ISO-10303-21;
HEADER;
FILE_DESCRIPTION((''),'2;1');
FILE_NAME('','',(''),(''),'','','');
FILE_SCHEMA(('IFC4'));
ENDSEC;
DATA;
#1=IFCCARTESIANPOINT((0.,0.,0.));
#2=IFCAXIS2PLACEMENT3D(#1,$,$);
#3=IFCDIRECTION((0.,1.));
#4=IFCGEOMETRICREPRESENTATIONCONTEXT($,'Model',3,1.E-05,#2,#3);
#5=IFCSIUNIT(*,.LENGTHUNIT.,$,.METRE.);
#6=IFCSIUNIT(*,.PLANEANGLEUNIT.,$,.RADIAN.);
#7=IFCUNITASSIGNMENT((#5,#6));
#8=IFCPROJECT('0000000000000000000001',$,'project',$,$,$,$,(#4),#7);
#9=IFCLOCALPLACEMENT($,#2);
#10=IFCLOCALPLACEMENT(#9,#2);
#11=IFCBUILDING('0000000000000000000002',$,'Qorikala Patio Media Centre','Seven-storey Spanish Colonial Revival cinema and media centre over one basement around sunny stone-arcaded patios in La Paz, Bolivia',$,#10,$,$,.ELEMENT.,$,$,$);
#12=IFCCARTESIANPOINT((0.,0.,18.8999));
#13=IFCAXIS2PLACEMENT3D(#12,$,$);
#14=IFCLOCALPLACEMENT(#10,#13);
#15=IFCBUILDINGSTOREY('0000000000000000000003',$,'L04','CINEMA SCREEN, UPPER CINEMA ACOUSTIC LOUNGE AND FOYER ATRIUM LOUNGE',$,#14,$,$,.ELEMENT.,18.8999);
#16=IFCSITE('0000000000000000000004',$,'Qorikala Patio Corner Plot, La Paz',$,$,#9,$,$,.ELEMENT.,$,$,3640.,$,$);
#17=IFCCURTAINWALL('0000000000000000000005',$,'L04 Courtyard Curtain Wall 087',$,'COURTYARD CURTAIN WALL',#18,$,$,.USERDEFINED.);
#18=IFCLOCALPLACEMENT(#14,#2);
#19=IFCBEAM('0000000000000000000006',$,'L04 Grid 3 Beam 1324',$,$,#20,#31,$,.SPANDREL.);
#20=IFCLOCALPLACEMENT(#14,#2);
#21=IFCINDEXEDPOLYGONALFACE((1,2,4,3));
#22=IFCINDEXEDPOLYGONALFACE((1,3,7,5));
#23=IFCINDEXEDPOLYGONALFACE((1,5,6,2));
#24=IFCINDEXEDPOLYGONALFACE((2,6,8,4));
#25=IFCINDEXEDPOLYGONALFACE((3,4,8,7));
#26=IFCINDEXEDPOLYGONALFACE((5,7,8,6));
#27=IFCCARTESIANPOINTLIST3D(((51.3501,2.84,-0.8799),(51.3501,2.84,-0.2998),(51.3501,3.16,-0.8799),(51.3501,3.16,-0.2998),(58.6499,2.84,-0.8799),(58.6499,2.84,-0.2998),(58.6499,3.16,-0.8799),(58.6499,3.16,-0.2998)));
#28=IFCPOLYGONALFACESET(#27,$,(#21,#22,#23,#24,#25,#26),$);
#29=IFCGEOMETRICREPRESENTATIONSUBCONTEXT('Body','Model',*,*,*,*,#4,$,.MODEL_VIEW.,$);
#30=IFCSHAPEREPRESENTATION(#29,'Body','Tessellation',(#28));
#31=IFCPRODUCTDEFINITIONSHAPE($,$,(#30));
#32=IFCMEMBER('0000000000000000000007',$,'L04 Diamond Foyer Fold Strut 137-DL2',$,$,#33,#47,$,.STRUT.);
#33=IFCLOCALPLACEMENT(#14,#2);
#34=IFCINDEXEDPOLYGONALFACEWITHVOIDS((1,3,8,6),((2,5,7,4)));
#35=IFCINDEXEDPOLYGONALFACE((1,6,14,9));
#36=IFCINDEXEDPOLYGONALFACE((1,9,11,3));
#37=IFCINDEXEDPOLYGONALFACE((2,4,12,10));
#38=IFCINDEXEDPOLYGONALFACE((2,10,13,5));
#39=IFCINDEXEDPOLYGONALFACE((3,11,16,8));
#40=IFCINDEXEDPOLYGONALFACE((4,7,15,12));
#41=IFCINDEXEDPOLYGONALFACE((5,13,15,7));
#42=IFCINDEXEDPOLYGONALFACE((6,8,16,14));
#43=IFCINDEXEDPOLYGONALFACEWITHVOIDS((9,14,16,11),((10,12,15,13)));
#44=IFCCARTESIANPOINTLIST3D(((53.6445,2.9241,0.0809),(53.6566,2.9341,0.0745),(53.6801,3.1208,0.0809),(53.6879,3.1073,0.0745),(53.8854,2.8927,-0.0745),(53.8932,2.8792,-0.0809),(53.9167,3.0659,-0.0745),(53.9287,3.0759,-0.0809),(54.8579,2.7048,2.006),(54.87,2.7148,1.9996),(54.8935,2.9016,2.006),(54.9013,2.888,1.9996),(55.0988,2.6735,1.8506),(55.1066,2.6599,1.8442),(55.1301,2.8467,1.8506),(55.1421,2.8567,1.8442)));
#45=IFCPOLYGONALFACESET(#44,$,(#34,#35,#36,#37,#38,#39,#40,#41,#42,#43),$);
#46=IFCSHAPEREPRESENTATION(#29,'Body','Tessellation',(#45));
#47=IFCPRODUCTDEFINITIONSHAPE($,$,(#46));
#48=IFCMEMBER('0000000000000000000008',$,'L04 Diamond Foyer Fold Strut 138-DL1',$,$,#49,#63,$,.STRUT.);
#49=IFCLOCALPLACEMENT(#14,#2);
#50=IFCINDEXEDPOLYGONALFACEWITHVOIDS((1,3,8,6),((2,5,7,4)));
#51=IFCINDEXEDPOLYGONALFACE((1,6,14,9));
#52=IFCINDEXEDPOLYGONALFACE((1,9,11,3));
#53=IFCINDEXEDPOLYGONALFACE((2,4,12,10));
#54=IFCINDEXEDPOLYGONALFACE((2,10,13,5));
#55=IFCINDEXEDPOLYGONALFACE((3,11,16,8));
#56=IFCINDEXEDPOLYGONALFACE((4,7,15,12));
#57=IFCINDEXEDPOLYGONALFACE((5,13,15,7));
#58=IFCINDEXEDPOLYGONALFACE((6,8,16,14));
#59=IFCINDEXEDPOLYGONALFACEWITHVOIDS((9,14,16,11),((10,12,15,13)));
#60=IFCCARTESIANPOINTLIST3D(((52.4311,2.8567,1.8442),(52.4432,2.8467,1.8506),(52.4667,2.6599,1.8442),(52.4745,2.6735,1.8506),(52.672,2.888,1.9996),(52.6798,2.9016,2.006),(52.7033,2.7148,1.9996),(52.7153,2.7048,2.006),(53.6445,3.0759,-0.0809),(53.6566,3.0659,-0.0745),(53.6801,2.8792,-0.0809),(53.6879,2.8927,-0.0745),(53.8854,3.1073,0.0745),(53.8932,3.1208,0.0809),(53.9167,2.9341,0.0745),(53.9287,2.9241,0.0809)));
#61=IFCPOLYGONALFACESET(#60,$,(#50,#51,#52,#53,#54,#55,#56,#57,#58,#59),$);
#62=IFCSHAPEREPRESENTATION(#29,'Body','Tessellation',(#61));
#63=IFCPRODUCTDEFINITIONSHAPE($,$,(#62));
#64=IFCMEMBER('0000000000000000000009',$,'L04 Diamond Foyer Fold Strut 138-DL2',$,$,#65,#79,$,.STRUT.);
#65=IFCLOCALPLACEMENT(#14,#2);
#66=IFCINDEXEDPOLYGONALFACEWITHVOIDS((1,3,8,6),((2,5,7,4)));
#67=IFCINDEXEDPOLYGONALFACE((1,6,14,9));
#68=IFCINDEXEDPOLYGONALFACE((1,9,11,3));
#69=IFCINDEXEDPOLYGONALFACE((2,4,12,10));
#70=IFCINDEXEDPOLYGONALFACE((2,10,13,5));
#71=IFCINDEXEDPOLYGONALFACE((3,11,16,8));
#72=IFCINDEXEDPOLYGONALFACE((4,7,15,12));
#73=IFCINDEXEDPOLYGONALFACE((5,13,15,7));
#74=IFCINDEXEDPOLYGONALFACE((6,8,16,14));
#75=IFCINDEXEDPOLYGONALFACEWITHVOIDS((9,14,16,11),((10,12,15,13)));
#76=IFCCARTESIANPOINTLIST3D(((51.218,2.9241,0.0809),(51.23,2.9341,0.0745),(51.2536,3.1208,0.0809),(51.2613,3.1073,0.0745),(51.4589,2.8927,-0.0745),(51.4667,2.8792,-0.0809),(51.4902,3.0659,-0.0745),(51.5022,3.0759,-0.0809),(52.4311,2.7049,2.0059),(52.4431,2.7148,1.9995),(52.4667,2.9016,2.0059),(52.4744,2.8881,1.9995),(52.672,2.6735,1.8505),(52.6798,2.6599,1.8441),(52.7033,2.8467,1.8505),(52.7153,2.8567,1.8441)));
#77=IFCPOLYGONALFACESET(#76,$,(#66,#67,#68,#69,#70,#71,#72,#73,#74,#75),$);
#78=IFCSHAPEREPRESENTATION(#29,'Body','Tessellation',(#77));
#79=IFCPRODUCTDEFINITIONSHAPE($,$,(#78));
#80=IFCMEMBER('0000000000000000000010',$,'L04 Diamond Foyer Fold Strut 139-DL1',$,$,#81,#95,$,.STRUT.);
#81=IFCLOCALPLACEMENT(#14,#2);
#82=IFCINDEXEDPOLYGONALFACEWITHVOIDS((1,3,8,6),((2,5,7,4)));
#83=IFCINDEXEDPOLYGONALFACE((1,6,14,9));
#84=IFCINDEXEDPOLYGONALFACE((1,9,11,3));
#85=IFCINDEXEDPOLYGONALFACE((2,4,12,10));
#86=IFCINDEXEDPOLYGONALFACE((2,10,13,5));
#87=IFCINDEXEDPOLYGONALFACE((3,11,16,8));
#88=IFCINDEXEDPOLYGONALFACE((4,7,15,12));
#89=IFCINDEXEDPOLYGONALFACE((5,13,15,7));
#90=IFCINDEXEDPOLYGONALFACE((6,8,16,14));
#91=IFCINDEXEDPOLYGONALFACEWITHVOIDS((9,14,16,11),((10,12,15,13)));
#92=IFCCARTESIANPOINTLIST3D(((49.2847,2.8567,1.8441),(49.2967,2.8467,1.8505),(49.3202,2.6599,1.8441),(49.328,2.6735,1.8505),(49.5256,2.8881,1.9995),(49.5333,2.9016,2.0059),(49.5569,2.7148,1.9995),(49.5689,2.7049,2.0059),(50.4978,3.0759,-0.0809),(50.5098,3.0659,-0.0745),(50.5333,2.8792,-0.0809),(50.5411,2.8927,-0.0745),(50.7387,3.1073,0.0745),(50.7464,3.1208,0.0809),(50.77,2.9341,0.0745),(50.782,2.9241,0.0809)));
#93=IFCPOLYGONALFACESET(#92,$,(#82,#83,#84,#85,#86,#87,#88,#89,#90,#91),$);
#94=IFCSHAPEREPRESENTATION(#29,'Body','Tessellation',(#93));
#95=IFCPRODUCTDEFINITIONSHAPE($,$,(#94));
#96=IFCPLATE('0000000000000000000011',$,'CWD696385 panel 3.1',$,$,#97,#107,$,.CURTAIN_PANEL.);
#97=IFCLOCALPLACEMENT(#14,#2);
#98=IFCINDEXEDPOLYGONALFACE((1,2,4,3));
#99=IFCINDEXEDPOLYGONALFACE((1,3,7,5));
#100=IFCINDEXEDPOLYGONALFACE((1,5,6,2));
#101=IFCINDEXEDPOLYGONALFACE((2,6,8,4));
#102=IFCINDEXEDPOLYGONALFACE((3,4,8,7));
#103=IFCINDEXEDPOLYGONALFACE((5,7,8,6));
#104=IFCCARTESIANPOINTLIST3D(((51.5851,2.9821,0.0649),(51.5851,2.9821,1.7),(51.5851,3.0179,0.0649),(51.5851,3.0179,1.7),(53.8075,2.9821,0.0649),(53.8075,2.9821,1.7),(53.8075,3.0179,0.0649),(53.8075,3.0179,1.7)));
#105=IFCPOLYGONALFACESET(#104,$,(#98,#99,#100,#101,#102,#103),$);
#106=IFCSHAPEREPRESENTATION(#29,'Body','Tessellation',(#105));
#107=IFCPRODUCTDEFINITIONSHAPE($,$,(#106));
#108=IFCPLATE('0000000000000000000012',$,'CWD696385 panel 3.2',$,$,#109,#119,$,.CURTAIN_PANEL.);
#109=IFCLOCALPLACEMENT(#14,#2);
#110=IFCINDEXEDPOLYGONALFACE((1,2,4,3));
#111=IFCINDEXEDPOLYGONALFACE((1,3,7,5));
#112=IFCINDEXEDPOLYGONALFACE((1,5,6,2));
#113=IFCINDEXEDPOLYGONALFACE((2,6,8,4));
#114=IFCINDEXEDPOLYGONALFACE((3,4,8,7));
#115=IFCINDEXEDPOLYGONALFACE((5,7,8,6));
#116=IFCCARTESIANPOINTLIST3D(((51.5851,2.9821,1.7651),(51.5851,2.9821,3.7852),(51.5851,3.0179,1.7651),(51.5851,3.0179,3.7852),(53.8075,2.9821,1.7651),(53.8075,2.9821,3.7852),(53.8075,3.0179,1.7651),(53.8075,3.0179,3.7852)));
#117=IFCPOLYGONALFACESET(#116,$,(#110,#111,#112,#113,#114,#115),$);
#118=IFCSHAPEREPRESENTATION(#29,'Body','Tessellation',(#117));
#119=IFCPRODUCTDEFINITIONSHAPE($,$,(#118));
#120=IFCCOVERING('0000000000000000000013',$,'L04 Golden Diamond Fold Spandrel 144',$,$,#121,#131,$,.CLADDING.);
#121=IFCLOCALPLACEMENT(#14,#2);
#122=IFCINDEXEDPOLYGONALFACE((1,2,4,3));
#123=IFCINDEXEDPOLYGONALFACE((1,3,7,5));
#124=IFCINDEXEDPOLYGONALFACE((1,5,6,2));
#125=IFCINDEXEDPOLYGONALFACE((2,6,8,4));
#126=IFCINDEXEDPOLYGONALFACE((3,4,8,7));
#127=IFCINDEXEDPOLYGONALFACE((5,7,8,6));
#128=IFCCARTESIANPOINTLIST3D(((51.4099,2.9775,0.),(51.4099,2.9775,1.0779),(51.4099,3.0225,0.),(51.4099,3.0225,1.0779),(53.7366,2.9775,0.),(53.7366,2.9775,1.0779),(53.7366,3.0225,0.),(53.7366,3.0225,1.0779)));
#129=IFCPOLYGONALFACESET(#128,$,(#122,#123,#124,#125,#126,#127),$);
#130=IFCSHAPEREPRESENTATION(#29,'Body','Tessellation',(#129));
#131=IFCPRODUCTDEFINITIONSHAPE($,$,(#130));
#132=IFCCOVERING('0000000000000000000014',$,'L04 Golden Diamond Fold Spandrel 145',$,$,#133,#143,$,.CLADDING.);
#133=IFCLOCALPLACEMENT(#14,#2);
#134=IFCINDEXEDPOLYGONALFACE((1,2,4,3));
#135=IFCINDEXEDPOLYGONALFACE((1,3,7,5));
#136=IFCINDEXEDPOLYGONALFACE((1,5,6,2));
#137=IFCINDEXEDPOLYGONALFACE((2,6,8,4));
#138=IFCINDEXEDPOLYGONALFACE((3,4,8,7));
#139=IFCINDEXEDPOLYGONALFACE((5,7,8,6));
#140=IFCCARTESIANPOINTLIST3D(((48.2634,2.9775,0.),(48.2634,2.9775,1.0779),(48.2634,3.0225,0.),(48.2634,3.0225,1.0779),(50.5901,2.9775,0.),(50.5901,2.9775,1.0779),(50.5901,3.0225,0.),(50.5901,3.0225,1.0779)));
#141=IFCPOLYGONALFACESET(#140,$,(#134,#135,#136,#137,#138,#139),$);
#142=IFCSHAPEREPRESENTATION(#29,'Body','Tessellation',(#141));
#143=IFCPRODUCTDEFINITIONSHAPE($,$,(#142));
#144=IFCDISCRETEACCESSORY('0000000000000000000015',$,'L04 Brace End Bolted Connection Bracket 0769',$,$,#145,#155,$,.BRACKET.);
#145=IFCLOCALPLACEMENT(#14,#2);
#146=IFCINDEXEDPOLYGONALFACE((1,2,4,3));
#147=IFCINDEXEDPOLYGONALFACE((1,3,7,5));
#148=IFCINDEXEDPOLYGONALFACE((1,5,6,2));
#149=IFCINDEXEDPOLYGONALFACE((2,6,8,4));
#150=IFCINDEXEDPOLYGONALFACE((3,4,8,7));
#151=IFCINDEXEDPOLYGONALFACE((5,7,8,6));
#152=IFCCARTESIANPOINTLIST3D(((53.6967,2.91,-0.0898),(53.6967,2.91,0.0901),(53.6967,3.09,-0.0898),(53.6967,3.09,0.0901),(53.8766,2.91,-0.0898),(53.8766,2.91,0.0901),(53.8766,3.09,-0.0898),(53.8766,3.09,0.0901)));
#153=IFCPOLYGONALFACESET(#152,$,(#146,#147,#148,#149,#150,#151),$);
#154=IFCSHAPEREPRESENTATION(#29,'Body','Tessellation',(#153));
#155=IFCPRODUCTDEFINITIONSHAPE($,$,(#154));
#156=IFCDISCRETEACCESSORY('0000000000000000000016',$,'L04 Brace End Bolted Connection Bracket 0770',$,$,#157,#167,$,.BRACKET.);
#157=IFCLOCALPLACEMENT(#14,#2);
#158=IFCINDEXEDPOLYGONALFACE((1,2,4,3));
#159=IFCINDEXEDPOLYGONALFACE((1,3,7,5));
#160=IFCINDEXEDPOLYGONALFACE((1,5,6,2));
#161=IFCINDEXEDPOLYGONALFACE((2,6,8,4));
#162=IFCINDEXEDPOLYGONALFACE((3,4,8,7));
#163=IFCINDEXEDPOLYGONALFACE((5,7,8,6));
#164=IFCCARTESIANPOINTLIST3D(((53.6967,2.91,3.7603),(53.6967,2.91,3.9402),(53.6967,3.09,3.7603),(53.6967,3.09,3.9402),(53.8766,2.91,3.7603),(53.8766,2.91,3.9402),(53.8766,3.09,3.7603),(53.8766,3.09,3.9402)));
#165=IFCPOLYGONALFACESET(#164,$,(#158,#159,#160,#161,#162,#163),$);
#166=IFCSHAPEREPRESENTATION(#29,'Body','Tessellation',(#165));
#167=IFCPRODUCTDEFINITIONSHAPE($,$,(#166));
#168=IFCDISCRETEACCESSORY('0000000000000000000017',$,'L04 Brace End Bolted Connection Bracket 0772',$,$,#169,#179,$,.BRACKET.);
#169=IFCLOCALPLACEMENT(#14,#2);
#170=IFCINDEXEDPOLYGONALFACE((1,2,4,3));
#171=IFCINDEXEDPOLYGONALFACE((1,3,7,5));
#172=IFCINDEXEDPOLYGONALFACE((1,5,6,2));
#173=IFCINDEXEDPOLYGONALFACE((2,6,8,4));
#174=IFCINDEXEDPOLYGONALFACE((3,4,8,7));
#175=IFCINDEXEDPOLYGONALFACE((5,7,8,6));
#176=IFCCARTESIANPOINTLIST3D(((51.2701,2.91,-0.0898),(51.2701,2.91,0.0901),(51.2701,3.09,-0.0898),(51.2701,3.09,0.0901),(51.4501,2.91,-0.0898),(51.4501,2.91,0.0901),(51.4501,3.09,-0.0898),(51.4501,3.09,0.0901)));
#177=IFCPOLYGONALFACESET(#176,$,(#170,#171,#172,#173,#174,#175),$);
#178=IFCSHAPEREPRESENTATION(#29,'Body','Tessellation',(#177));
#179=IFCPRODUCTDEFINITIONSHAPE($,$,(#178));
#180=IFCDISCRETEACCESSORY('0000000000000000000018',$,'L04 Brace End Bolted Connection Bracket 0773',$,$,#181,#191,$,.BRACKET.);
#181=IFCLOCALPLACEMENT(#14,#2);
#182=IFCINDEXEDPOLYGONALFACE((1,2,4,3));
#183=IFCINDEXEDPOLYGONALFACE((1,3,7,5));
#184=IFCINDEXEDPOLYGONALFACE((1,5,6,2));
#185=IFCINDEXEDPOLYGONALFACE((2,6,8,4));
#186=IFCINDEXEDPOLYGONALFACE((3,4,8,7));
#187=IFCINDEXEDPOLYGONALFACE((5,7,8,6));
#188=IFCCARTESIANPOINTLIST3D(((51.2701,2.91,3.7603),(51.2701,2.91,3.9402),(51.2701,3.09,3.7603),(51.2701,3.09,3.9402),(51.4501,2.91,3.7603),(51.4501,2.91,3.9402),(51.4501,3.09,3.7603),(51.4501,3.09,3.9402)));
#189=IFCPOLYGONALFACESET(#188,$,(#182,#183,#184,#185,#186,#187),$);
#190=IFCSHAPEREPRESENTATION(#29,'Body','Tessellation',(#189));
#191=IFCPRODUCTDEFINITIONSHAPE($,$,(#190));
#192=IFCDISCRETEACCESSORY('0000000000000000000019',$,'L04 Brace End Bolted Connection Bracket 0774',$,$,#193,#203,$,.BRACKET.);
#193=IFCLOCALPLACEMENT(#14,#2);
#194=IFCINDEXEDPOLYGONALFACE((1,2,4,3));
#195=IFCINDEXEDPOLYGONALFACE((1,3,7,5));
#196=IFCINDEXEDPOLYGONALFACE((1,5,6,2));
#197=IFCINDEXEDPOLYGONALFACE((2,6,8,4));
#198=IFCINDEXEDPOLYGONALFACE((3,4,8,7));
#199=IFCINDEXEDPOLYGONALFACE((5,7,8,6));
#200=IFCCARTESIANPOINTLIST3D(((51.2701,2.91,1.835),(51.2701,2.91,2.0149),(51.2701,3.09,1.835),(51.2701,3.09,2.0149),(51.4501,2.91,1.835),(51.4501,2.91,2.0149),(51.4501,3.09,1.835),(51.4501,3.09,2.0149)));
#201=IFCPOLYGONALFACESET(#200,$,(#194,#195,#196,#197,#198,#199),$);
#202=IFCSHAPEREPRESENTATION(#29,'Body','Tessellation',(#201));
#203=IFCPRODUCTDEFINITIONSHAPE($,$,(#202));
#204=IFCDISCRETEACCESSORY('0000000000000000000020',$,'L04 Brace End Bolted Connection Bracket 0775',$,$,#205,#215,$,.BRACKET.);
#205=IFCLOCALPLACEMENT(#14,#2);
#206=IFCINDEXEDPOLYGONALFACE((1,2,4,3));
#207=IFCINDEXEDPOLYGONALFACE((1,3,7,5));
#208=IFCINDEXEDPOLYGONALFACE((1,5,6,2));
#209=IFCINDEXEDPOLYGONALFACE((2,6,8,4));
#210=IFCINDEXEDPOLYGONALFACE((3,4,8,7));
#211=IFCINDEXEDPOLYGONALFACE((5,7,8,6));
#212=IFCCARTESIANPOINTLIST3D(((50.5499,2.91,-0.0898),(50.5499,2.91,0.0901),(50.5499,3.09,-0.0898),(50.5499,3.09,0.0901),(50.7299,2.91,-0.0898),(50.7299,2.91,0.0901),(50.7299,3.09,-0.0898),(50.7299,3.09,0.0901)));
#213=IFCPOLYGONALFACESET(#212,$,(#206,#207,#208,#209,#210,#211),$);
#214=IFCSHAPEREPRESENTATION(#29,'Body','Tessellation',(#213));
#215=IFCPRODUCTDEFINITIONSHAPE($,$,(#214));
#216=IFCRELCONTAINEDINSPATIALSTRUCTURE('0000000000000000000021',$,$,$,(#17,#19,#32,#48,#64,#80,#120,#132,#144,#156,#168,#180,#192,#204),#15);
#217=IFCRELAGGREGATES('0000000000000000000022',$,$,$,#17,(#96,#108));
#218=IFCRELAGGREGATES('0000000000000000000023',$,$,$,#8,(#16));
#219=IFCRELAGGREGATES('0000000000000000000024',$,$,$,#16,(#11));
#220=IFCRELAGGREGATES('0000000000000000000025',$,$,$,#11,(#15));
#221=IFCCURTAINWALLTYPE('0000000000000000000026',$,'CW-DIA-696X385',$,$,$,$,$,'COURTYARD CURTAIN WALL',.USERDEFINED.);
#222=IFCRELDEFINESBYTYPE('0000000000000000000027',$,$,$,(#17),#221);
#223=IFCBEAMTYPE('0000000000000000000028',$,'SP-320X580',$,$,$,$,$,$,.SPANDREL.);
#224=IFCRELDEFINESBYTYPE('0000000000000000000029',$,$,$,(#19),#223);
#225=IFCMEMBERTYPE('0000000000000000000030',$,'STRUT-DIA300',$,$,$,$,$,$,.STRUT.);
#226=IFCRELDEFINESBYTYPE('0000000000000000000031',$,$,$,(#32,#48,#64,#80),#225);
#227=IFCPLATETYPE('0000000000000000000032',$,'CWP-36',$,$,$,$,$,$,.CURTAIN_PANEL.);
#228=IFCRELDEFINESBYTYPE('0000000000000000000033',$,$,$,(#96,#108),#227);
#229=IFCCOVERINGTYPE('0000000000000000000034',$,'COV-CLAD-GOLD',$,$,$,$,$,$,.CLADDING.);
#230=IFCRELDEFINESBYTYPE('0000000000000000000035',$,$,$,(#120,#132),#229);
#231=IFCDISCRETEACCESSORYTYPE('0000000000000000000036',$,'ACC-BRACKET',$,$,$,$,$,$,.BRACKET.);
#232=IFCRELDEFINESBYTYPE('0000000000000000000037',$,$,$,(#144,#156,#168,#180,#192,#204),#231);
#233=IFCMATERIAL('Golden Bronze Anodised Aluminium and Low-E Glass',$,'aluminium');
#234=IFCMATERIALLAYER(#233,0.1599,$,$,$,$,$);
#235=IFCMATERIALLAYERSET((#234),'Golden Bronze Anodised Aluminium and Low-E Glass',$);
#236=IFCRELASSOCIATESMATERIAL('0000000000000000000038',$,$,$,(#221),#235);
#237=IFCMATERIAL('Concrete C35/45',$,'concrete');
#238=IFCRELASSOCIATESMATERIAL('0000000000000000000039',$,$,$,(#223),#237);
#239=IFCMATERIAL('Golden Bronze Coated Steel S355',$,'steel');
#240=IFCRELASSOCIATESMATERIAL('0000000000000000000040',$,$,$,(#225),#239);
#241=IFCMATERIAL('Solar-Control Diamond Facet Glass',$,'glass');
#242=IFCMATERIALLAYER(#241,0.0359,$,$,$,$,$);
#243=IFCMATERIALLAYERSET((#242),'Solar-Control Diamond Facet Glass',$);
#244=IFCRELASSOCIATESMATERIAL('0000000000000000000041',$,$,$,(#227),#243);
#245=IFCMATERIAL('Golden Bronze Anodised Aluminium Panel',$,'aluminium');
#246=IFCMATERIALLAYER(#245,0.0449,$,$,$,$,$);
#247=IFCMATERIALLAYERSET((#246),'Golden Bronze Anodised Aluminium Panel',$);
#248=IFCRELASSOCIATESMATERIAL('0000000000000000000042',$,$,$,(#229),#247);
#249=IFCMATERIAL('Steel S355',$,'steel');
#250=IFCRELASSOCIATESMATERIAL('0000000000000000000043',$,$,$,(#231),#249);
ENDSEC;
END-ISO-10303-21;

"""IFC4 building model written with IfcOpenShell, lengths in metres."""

from ifc_helpers import new_model, si_unit, direction, frame, origin, origin_2d, place, context, subcontext, project, spatial, rectangle, hollow_rectangle, extrude, material, layer, layer_set, material_profile, profile_set, type_object, element, aggregate, save


model = new_model("IFC4")

# Units and contexts
model_context = context("Model", 3, precision=1e-05, world=origin(), true_north=direction((0.0, 1.0)))
body_context = subcontext(model_context, "Body", "Model", "MODEL_VIEW")
ifc_project = project(units=[si_unit("LENGTHUNIT", "METRE"), si_unit("PLANEANGLEUNIT", "RADIAN")], contexts=[model_context])

# Site, building, storey
site_placement = place(None, origin())
site = spatial("IfcSite", under=ifc_project, at=site_placement, Name="Qorikala Patio Corner Plot, La Paz", CompositionType="ELEMENT", RefElevation=3640.0)
building_placement = place(site_placement, origin())
building = spatial("IfcBuilding", under=site, at=building_placement, Name="Qorikala Patio Media Centre", Description="Seven-storey Spanish Colonial Revival cinema and media centre over one basement around sunny stone-arcaded patios in La Paz, Bolivia", CompositionType="ELEMENT")
storey_placement = place(building_placement, frame((0.0, 0.0, 18.8999)))
storey = spatial("IfcBuildingStorey", under=building, at=storey_placement, Name="L04", Description="CINEMA SCREEN, UPPER CINEMA ACOUSTIC LOUNGE AND FOYER ATRIUM LOUNGE", CompositionType="ELEMENT", Elevation=18.8999)

# Shared definitions
ifc_material_1 = material(Name="Concrete C35/45", Category="concrete")

# Shared definitions
ifc_material_2 = material(Name="Golden Bronze Coated Steel S355", Category="steel")

# Curtain wall
ifc_material_3 = material(Name="Golden Bronze Anodised Aluminium and Low-E Glass", Category="aluminium")
ifc_layer_1 = layer(ifc_material_3, 0.1599)
ifc_layer_set_1 = layer_set([ifc_layer_1], Name="Golden Bronze Anodised Aluminium and Low-E Glass")
curtain_wall_type = type_object("IfcCurtainWallType", Name="CW-DIA-696X385", ElementType="COURTYARD CURTAIN WALL", PredefinedType="USERDEFINED", material=ifc_layer_set_1)
curtain_wall_1_placement = place(storey_placement, origin())
curtain_wall_1 = element("IfcCurtainWall", 1, at=curtain_wall_1_placement, inside=storey, type_object=curtain_wall_type, Name="L04 Courtyard Curtain Wall 087", ObjectType="COURTYARD CURTAIN WALL", PredefinedType="USERDEFINED")

# Beam
ifc_material_profile_1 = material_profile(ifc_material_1, rectangle(XDim=0.3201, YDim=0.5801, at=origin_2d()), Name="RC 320x580")
ifc_profile_set_1 = profile_set([ifc_material_profile_1], Name="Concrete C35/45")
beam_type_1 = type_object("IfcBeamType", Name="SP-320X580", PredefinedType="SPANDREL", material=ifc_profile_set_1)
beam_1_placement = place(storey_placement, frame((51.3501, 3.0, -0.5898), z_axis=(1.0, 0.0, 0.0), x_axis=(0.0, 1.0, 0.0)))
element("IfcBeam", 2, at=beam_1_placement, inside=storey, type_object=beam_type_1, Name="L04 Grid 3 Beam 1324", PredefinedType="SPANDREL", context=body_context, shape_type="SweptSolid", body=[
    extrude(rectangle(XDim=0.3201, YDim=0.5801, at=origin_2d()), origin(), (0.0, 0.0, 1.0), 7.2998),
])

# Members
ifc_material_profile_2 = material_profile(ifc_material_2, hollow_rectangle(XDim=0.2, YDim=0.3, WallThickness=0.012, at=origin_2d()), Name="HSS300X200X12")
ifc_profile_set_2 = profile_set([ifc_material_profile_2], Name="Golden Bronze Coated Steel S355")
member_type_1 = type_object("IfcMemberType", Name="STRUT-DIA300", PredefinedType="STRUT", material=ifc_profile_set_2)
for number, where, z_axis, x_axis, name in (
    (3, (53.7866, 3.0, 0.0), (0.530768, -0.095901, 0.842074), (0.177805, 0.984066, 0.0), "L04 Diamond Foyer Fold Strut 137-DL2"),
    (4, (53.7866, 3.0, 0.0), (-0.530768, -0.095901, 0.842074), (0.177805, -0.984066, 0.0), "L04 Diamond Foyer Fold Strut 138-DL1"),
):
    element("IfcMember", number, at=place(storey_placement, frame(where, z_axis=z_axis, x_axis=x_axis)), inside=storey, type_object=member_type_1, Name=name, PredefinedType="STRUT", context=body_context, shape_type="SweptSolid", body=[
        extrude(hollow_rectangle(XDim=0.2, YDim=0.3, WallThickness=0.012, at=origin_2d()), origin(), (0.0, 0.0, 1.0), 2.2861),
    ])
for number, where, z_axis, x_axis, name in (
    (5, (51.3601, 3.0, 0.0), (0.530691, -0.095907, 0.842121), (0.17784, 0.984059, 0.0), "L04 Diamond Foyer Fold Strut 138-DL2"),
    (6, (50.6399, 3.0, 0.0), (-0.530691, -0.095907, 0.842121), (0.17784, -0.984059, 0.0), "L04 Diamond Foyer Fold Strut 139-DL1"),
):
    element("IfcMember", number, at=place(storey_placement, frame(where, z_axis=z_axis, x_axis=x_axis)), inside=storey, type_object=member_type_1, Name=name, PredefinedType="STRUT", context=body_context, shape_type="SweptSolid", body=[
        extrude(hollow_rectangle(XDim=0.2, YDim=0.3, WallThickness=0.012, at=origin_2d()), origin(), (0.0, 0.0, 1.0), 2.2859),
    ])

# Plates
ifc_material_4 = material(Name="Solar-Control Diamond Facet Glass", Category="glass")
ifc_layer_2 = layer(ifc_material_4, 0.0359)
ifc_layer_set_2 = layer_set([ifc_layer_2], Name="Solar-Control Diamond Facet Glass")
plate_type = type_object("IfcPlateType", Name="CWP-36", PredefinedType="CURTAIN_PANEL", material=ifc_layer_set_2)
plate_1_placement = place(storey_placement, frame((52.6963, 3.0, 0.0649), z_axis=(0.0, 0.0, 1.0), x_axis=(-1.0, 0.0, 0.0)))
plate_1 = element("IfcPlate", 7, at=plate_1_placement, type_object=plate_type, Name="CWD696385 panel 3.1", PredefinedType="CURTAIN_PANEL", context=body_context, shape_type="SweptSolid", body=[
    extrude(rectangle(XDim=2.2224, YDim=0.0359, at=origin_2d()), origin(), (0.0, 0.0, 1.0), 1.635),
])
plate_2_placement = place(storey_placement, frame((52.6963, 3.0, 1.7651), z_axis=(0.0, 0.0, 1.0), x_axis=(-1.0, 0.0, 0.0)))
plate_2 = element("IfcPlate", 8, at=plate_2_placement, type_object=plate_type, Name="CWD696385 panel 3.2", PredefinedType="CURTAIN_PANEL", context=body_context, shape_type="SweptSolid", body=[
    extrude(rectangle(XDim=2.2224, YDim=0.0359, at=origin_2d()), origin(), (0.0, 0.0, 1.0), 2.02),
])
aggregate(curtain_wall_1, [plate_1, plate_2])

# Coverings
ifc_material_5 = material(Name="Golden Bronze Anodised Aluminium Panel", Category="aluminium")
ifc_layer_3 = layer(ifc_material_5, 0.0449)
ifc_layer_set_3 = layer_set([ifc_layer_3], Name="Golden Bronze Anodised Aluminium Panel")
covering_type = type_object("IfcCoveringType", Name="COV-CLAD-GOLD", PredefinedType="CLADDING", material=ifc_layer_set_3)
for number, where, z_axis, x_axis, name in (
    (9, (52.5732, 3.0, 0.0), (0.0, 0.0, 1.0), (-1.0, 0.0, 0.0), "L04 Golden Diamond Fold Spandrel 144"),
    (10, (49.4268, 3.0, 0.0), (0.0, 0.0, 1.0), (-1.0, 0.0, 0.0), "L04 Golden Diamond Fold Spandrel 145"),
):
    element("IfcCovering", number, at=place(storey_placement, frame(where, z_axis=z_axis, x_axis=x_axis)), inside=storey, type_object=covering_type, Name=name, PredefinedType="CLADDING", context=body_context, shape_type="SweptSolid", body=[
        extrude(rectangle(XDim=2.3267, YDim=0.0449, at=origin_2d()), origin(), (0.0, 0.0, 1.0), 1.0779),
    ])

# Discrete accessories
ifc_material_6 = material(Name="Steel S355", Category="steel")
discrete_accessory_type = type_object("IfcDiscreteAccessoryType", Name="ACC-BRACKET", PredefinedType="BRACKET", material=ifc_material_6)
for number, where, z_axis, x_axis, name in (
    (11, (53.7866, 3.0, -0.0898), (0.0, 0.0, 1.0), (1.0, 0.0, 0.0), "L04 Brace End Bolted Connection Bracket 0769"),
    (12, (53.7866, 3.0, 3.7603), (0.0, 0.0, 1.0), (1.0, 0.0, 0.0), "L04 Brace End Bolted Connection Bracket 0770"),
    (13, (51.3601, 3.0, -0.0898), (0.0, 0.0, 1.0), (1.0, 0.0, 0.0), "L04 Brace End Bolted Connection Bracket 0772"),
    (14, (51.3601, 3.0, 3.7603), (0.0, 0.0, 1.0), (1.0, 0.0, 0.0), "L04 Brace End Bolted Connection Bracket 0773"),
    (15, (51.3601, 3.0, 1.835), (0.0, 0.0, 1.0), (1.0, 0.0, 0.0), "L04 Brace End Bolted Connection Bracket 0774"),
    (16, (50.6399, 3.0, -0.0898), (0.0, 0.0, 1.0), (1.0, 0.0, 0.0), "L04 Brace End Bolted Connection Bracket 0775"),
):
    element("IfcDiscreteAccessory", number, at=place(storey_placement, frame(where, z_axis=z_axis, x_axis=x_axis)), inside=storey, type_object=discrete_accessory_type, Name=name, PredefinedType="BRACKET", context=body_context, shape_type="SweptSolid", body=[
        extrude(rectangle(XDim=0.1799, YDim=0.1799, at=origin_2d()), origin(), (0.0, 0.0, 1.0), 0.1799),
    ])

save(model, "model.ifc")
